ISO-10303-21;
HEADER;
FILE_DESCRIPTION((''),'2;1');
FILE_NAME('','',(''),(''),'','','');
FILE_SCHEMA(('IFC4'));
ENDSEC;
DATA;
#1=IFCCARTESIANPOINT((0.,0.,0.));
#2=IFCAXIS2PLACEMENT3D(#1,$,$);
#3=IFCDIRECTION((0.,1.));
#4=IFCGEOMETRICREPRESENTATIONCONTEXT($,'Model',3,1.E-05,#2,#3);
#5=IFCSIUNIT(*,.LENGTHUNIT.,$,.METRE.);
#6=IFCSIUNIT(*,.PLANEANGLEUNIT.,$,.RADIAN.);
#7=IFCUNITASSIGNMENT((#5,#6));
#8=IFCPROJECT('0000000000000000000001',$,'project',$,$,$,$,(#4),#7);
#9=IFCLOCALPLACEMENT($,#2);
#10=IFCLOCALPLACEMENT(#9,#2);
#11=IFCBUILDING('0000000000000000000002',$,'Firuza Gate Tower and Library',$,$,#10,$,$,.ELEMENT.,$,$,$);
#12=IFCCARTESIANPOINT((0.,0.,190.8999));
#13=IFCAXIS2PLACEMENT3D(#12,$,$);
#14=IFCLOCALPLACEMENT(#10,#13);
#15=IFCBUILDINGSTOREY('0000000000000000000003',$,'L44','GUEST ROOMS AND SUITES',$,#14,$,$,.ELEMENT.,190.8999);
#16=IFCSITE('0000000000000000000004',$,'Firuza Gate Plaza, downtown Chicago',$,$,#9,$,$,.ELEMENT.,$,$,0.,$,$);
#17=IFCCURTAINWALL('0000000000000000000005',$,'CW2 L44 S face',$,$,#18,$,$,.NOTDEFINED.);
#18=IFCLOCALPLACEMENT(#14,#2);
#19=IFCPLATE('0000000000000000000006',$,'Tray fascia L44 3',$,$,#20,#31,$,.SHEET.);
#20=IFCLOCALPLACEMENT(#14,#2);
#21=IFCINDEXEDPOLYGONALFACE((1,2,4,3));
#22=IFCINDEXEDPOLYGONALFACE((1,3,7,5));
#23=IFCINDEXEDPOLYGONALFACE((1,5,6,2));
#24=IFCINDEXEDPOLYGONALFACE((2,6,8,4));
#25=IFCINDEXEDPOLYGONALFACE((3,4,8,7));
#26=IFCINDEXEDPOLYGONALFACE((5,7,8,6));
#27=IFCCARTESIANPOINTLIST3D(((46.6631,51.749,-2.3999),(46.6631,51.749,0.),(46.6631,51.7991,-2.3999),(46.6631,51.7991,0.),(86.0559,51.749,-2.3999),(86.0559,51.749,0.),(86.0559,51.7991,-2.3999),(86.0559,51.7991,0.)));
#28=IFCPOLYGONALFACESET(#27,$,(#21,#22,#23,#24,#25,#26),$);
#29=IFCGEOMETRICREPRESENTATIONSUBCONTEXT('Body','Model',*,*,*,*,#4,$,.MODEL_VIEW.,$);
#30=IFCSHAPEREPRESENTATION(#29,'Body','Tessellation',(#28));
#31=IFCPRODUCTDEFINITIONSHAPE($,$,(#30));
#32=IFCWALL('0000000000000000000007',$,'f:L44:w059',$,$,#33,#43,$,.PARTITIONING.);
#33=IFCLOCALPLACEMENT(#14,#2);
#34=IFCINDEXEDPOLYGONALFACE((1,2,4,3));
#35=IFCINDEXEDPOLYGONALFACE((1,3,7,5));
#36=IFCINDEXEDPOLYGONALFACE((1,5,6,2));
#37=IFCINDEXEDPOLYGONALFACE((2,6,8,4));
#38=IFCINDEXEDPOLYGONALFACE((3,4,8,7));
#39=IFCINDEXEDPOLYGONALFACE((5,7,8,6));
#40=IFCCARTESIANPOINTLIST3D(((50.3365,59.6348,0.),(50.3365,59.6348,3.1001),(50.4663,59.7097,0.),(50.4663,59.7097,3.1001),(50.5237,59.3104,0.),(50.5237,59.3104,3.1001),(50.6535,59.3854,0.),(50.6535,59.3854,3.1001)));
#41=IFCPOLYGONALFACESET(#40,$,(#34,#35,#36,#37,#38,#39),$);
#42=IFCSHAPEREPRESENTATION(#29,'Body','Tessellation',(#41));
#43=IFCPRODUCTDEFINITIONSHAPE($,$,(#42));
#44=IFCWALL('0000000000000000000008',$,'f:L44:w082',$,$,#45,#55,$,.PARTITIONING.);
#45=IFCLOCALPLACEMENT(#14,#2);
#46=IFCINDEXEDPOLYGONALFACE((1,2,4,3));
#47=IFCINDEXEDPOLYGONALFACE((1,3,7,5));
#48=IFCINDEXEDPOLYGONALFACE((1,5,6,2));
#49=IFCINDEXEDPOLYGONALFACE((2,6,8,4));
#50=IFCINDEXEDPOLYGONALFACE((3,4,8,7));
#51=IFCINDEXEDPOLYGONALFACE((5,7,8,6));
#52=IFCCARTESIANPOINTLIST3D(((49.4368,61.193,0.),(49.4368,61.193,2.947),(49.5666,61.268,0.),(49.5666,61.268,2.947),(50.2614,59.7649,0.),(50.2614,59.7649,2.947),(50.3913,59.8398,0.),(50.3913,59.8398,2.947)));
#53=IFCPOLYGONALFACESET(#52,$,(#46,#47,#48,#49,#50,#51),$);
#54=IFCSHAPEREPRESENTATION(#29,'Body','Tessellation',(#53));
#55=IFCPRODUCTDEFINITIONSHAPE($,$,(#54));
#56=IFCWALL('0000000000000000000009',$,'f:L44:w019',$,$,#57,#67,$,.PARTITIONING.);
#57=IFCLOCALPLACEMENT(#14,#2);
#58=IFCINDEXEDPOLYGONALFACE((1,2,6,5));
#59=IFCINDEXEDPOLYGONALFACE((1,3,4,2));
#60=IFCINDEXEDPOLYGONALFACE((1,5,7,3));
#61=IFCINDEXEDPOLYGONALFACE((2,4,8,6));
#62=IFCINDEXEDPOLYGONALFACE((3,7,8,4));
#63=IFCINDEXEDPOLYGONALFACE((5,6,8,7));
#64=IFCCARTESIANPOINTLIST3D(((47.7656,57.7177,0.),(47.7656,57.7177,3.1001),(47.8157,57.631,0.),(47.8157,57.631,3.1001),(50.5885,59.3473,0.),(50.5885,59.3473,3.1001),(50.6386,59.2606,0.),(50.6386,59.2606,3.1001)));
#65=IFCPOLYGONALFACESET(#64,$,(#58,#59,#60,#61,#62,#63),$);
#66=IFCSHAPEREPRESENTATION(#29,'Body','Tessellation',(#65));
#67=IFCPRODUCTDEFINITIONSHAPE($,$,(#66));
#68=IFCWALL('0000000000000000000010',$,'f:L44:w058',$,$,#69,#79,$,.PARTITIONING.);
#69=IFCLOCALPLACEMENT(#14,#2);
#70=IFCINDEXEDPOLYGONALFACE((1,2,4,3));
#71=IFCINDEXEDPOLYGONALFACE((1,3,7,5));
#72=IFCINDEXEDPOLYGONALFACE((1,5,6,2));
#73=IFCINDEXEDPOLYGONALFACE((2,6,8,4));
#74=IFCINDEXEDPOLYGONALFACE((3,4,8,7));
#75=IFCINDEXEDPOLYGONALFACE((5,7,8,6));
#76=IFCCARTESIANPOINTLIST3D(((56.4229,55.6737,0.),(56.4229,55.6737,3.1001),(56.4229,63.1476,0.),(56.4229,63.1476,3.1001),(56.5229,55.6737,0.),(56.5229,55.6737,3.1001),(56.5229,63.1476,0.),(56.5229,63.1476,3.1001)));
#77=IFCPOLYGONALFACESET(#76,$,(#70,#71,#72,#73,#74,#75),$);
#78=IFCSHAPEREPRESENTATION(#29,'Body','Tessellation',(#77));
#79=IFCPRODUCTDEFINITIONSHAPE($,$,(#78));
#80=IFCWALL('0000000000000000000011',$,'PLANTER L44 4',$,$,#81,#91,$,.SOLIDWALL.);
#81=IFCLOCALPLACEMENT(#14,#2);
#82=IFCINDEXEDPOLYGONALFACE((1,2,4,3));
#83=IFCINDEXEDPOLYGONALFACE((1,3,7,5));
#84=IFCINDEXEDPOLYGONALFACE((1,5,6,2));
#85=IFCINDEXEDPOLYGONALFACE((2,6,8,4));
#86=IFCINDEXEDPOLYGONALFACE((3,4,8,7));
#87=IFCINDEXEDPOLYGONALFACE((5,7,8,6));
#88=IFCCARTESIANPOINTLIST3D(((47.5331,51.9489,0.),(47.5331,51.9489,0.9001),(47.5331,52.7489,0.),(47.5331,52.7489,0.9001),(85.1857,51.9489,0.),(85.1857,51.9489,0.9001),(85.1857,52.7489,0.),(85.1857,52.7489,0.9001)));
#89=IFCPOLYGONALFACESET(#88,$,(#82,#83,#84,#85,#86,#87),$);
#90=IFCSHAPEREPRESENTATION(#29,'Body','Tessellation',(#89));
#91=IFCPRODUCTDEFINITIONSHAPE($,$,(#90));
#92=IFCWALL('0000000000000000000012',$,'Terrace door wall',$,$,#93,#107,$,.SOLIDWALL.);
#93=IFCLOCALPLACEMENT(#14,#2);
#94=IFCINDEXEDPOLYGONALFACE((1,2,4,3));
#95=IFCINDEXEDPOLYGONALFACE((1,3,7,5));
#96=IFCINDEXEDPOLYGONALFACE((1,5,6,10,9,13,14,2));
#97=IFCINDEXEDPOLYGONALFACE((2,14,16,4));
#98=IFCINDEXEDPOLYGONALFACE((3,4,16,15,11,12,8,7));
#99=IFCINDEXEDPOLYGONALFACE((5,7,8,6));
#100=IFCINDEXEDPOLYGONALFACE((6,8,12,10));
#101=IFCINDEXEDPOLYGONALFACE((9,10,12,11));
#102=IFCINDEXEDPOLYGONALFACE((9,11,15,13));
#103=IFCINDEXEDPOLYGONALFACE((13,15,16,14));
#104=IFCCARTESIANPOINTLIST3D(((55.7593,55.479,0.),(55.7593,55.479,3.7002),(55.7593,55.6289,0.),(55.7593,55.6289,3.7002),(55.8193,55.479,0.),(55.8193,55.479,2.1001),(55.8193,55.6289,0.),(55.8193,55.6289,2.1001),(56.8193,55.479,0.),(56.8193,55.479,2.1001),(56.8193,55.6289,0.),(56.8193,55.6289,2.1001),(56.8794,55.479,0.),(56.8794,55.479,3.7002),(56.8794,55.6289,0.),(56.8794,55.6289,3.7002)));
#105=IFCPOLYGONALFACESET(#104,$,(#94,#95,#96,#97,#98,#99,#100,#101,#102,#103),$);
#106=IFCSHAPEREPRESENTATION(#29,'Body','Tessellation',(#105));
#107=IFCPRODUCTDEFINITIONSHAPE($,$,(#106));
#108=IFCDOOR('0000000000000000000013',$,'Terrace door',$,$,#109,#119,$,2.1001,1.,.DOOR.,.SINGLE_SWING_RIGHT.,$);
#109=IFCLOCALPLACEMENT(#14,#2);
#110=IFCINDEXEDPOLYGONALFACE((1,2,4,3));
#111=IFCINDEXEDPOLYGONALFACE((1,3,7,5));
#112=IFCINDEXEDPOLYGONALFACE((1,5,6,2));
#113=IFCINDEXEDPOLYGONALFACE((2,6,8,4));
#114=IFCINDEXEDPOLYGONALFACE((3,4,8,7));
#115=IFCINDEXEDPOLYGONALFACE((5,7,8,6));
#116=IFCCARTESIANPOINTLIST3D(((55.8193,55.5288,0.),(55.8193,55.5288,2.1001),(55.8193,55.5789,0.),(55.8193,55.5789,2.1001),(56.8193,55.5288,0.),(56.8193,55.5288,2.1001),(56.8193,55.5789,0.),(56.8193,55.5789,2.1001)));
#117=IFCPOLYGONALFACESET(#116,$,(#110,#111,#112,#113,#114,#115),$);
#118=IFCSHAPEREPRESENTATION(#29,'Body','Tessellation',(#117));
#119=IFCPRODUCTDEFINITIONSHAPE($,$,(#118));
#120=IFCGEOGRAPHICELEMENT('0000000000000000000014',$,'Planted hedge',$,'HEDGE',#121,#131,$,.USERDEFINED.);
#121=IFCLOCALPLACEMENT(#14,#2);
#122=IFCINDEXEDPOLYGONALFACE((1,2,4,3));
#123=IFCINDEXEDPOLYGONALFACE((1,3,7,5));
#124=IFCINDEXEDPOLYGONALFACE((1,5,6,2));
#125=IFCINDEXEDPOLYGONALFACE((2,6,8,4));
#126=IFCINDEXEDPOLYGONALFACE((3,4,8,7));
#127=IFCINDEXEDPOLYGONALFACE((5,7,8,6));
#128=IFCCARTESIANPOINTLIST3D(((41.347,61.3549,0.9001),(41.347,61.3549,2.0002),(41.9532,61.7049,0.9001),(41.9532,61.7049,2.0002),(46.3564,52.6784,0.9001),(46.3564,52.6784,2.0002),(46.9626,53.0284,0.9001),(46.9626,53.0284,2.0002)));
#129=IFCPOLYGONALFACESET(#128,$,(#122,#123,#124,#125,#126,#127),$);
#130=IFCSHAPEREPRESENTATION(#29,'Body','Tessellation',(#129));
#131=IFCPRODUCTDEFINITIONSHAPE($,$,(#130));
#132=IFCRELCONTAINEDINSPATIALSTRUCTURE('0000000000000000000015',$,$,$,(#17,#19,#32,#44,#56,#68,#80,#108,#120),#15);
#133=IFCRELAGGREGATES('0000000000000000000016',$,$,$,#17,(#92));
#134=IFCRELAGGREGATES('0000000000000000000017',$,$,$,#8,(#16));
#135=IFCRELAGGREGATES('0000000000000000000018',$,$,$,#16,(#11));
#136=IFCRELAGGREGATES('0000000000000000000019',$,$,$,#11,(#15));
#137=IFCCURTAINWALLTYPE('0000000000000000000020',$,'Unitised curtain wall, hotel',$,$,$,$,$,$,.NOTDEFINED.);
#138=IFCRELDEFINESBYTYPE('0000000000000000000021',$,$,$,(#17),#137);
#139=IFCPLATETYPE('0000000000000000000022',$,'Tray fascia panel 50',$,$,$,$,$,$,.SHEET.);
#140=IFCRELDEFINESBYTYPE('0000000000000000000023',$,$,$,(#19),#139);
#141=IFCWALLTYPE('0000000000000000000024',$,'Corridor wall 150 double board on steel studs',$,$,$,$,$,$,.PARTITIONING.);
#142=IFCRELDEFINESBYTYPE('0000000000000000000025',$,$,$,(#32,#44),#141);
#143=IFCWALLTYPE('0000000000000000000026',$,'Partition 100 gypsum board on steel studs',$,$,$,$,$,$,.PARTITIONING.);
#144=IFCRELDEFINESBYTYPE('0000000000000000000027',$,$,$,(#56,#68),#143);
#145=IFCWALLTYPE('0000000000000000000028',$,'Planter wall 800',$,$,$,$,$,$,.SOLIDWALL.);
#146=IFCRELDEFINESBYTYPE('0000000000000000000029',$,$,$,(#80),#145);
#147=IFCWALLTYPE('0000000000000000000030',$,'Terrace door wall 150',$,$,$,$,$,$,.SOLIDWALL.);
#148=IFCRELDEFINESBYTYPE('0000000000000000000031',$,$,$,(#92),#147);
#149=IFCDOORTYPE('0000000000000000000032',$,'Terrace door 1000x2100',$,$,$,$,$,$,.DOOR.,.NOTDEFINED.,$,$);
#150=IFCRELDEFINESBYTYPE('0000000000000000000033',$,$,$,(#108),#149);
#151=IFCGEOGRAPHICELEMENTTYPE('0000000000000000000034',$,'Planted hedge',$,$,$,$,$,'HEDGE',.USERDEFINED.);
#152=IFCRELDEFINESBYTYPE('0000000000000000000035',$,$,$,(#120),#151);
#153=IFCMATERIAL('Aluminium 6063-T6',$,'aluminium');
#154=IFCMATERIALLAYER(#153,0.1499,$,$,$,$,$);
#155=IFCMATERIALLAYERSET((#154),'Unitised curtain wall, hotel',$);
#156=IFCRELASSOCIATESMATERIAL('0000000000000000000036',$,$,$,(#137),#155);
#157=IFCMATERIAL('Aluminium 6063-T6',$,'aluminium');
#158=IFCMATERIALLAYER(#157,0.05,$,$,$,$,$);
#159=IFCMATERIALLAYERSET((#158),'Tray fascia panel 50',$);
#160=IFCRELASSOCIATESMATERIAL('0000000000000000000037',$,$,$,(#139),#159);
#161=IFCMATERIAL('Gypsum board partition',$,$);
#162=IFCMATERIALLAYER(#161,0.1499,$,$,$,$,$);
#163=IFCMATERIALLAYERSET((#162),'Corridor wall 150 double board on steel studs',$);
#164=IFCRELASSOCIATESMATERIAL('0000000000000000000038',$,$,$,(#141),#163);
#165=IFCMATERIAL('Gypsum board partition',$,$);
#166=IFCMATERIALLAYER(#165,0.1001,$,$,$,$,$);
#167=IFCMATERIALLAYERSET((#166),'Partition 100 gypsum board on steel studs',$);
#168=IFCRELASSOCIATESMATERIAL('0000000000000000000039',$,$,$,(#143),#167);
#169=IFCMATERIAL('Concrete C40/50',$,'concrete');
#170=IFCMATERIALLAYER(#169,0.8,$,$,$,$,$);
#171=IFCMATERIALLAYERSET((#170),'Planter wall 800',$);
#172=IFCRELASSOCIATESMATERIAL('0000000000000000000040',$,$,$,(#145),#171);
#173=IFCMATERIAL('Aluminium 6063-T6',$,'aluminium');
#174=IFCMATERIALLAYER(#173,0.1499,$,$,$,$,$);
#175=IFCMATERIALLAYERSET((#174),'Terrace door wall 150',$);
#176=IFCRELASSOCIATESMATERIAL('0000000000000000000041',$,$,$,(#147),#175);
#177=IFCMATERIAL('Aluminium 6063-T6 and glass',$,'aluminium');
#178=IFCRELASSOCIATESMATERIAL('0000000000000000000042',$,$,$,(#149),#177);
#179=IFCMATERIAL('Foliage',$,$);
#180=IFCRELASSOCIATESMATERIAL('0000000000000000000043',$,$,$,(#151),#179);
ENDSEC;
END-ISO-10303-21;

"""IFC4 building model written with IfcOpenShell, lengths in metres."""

from ifc_helpers import new_model, si_unit, direction, frame, frame_2d, origin, origin_2d, place, context, subcontext, project, spatial, polyline, rectangle, outline, extrude, material, layer, layer_set, type_object, element, fill, aggregate, save


model = new_model("IFC4")

# Units and contexts
model_context = context("Model", 3, precision=1e-05, world=origin(), true_north=direction((0.0, 1.0)))
body_context = subcontext(model_context, "Body", "Model", "MODEL_VIEW")
ifc_project = project(units=[si_unit("LENGTHUNIT", "METRE"), si_unit("PLANEANGLEUNIT", "RADIAN")], contexts=[model_context])

# Site, building, storey
site_placement = place(None, origin())
site = spatial("IfcSite", under=ifc_project, at=site_placement, Name="Firuza Gate Plaza, downtown Chicago", CompositionType="ELEMENT", RefElevation=0.0)
building_placement = place(site_placement, origin())
building = spatial("IfcBuilding", under=site, at=building_placement, Name="Firuza Gate Tower and Library", CompositionType="ELEMENT")
storey_placement = place(building_placement, frame((0.0, 0.0, 190.8999)))
storey = spatial("IfcBuildingStorey", under=building, at=storey_placement, Name="L44", Description="GUEST ROOMS AND SUITES", CompositionType="ELEMENT", Elevation=190.8999)

# Curtain wall
placement_1 = place(storey_placement, origin())
ifc_material_1 = material(Name="Aluminium 6063-T6", Category="aluminium")
ifc_layer_1 = layer(ifc_material_1, 0.1499)
ifc_layer_set_1 = layer_set([ifc_layer_1], Name="Unitised curtain wall, hotel")
curtain_wall_type_1 = type_object("IfcCurtainWallType", Name="Unitised curtain wall, hotel", PredefinedType="NOTDEFINED", material=ifc_layer_set_1)
curtain_wall_1 = element("IfcCurtainWall", 1, at=placement_1, inside=storey, type_object=curtain_wall_type_1, Name="CW2 L44 S face", PredefinedType="NOTDEFINED")

# Plate
ifc_material_2 = material(Name="Aluminium 6063-T6", Category="aluminium")
ifc_layer_2 = layer(ifc_material_2, 0.05)
ifc_layer_set_2 = layer_set([ifc_layer_2], Name="Tray fascia panel 50")
plate_type_1 = type_object("IfcPlateType", Name="Tray fascia panel 50", PredefinedType="SHEET", material=ifc_layer_set_2)
plate_1_placement = place(storey_placement, frame((46.6631, 51.749, -2.3999), z_axis=(0.0, -1.0, 0.0), x_axis=(1.0, 0.0, 0.0)))
element("IfcPlate", 2, at=plate_1_placement, inside=storey, type_object=plate_type_1, Name="Tray fascia L44 3", PredefinedType="SHEET", context=body_context, shape_type="SweptSolid", body=[
    extrude(outline(polyline([(0.0, 0.0), (39.3928, 0.0), (39.3928, 2.3999), (0.0, 2.3999), (0.0, 0.0)])), origin(), (0.0, 0.0, -1.0), 0.05),
])

# Walls
ifc_material_3 = material(Name="Gypsum board partition")
ifc_layer_3 = layer(ifc_material_3, 0.1499)
ifc_layer_set_3 = layer_set([ifc_layer_3], Name="Corridor wall 150 double board on steel studs")
wall_type_1 = type_object("IfcWallType", Name="Corridor wall 150 double board on steel studs", PredefinedType="PARTITIONING", material=ifc_layer_set_3)
wall_1_placement = place(storey_placement, frame((50.5886, 59.3479, 0.0), z_axis=(0.0, 0.0, 1.0), x_axis=(-0.499854, 0.86611, 0.0)))
element("IfcWall", 3, at=wall_1_placement, inside=storey, type_object=wall_type_1, Name="f:L44:w059", PredefinedType="PARTITIONING", context=body_context, shape_type="SweptSolid", body=[
    extrude(rectangle(XDim=0.3745, YDim=0.1499, at=frame_2d((0.1873, 0.0))), origin(), (0.0, 0.0, 1.0), 3.1001),
])
wall_2_placement = place(storey_placement, frame((50.3264, 59.8022, 0.0), z_axis=(0.0, 0.0, 1.0), x_axis=(-0.500056, 0.865993, 0.0)))
element("IfcWall", 4, at=wall_2_placement, inside=storey, type_object=wall_type_1, Name="f:L44:w082", PredefinedType="PARTITIONING", context=body_context, shape_type="SweptSolid", body=[
    extrude(rectangle(XDim=1.6492, YDim=0.1499, at=frame_2d((0.8247, 0.0))), origin(), (0.0, 0.0, 1.0), 2.947),
])
ifc_material_4 = material(Name="Gypsum board partition")
ifc_layer_4 = layer(ifc_material_4, 0.1001)
ifc_layer_set_4 = layer_set([ifc_layer_4], Name="Partition 100 gypsum board on steel studs")
wall_type_2 = type_object("IfcWallType", Name="Partition 100 gypsum board on steel studs", PredefinedType="PARTITIONING", material=ifc_layer_set_4)
wall_3_placement = place(storey_placement, frame((47.7905, 57.6743, 0.0), z_axis=(0.0, 0.0, 1.0), x_axis=(0.866055, 0.499949, 0.0)))
element("IfcWall", 5, at=wall_3_placement, inside=storey, type_object=wall_type_2, Name="f:L44:w019", PredefinedType="PARTITIONING", context=body_context, shape_type="SweptSolid", body=[
    extrude(rectangle(XDim=3.2595, YDim=0.1001, at=frame_2d((1.6299, 0.0))), origin(), (0.0, 0.0, 1.0), 3.1001),
])
wall_4_placement = place(storey_placement, frame((56.4729, 55.6738, 0.0), z_axis=(0.0, 0.0, 1.0), x_axis=(0.0, 1.0, 0.0)))
element("IfcWall", 6, at=wall_4_placement, inside=storey, type_object=wall_type_2, Name="f:L44:w058", PredefinedType="PARTITIONING", context=body_context, shape_type="SweptSolid", body=[
    extrude(rectangle(XDim=7.4739, YDim=0.1001, at=frame_2d((3.7368, 0.0))), origin(), (0.0, 0.0, 1.0), 3.1001),
])
ifc_material_5 = material(Name="Concrete C40/50", Category="concrete")
ifc_layer_5 = layer(ifc_material_5, 0.8)
ifc_layer_set_5 = layer_set([ifc_layer_5], Name="Planter wall 800")
wall_type_3 = type_object("IfcWallType", Name="Planter wall 800", PredefinedType="SOLIDWALL", material=ifc_layer_set_5)
wall_5_placement = place(storey_placement, frame((47.5332, 52.3489, 0.0), z_axis=(0.0, 0.0, 1.0), x_axis=(1.0, 0.0, 0.0)))
element("IfcWall", 7, at=wall_5_placement, inside=storey, type_object=wall_type_3, Name="PLANTER L44 4", PredefinedType="SOLIDWALL", context=body_context, shape_type="SweptSolid", body=[
    extrude(rectangle(XDim=37.6526, YDim=0.8, at=frame_2d((18.8262, 0.0))), origin(), (0.0, 0.0, 1.0), 0.9001),
])

# Wall, opening, door
ifc_material_6 = material(Name="Aluminium 6063-T6", Category="aluminium")
ifc_layer_6 = layer(ifc_material_6, 0.1499)
ifc_layer_set_6 = layer_set([ifc_layer_6], Name="Terrace door wall 150")
wall_type_4 = type_object("IfcWallType", Name="Terrace door wall 150", PredefinedType="SOLIDWALL", material=ifc_layer_set_6)
wall_6_placement = place(storey_placement, frame((55.7593, 55.554, 0.0), z_axis=(0.0, 0.0, 1.0), x_axis=(1.0, 0.0, 0.0)))
wall_6 = element("IfcWall", 8, at=wall_6_placement, type_object=wall_type_4, Name="Terrace door wall", PredefinedType="SOLIDWALL", context=body_context, shape_type="SweptSolid", body=[
    extrude(rectangle(XDim=1.1201, YDim=0.1499, at=frame_2d((0.5601, 0.0))), origin(), (0.0, 0.0, 1.0), 3.7002),
])
opening_placement = place(wall_6_placement, frame((0.0601, 0.0, 0.0)))
opening = element("IfcOpeningElement", 9, at=opening_placement, cuts=wall_6, PredefinedType="OPENING", context=body_context, shape_type="SweptSolid", body=[
    extrude(rectangle(XDim=1.0, YDim=2.1001, at=frame_2d((0.5, 1.05))), frame((0.0, 0.085, 0.0), z_axis=(0.0, -1.0, 0.0), x_axis=(1.0, 0.0, 0.0)), (0.0, 0.0, 1.0), 0.1699),
])
ifc_material_7 = material(Name="Aluminium 6063-T6 and glass", Category="aluminium")
door_type = type_object("IfcDoorType", Name="Terrace door 1000x2100", OperationType="NOTDEFINED", PredefinedType="DOOR", material=ifc_material_7)
door_placement = place(opening_placement, origin())
door = element("IfcDoor", 10, at=door_placement, inside=storey, type_object=door_type, Name="Terrace door", OperationType="SINGLE_SWING_RIGHT", OverallHeight=2.1001, OverallWidth=1.0, PredefinedType="DOOR", context=body_context, shape_type="SweptSolid", body=[
    extrude(rectangle(XDim=1.0, YDim=2.1001, at=frame_2d((0.5, 1.05))), frame((0.0, 0.0249, 0.0), z_axis=(0.0, -1.0, 0.0), x_axis=(1.0, 0.0, 0.0)), (0.0, 0.0, 1.0), 0.05),
])
fill(opening, door)
aggregate(curtain_wall_1, [wall_6])

# Geographic element
ifc_material_8 = material(Name="Foliage")
geographic_element_type = type_object("IfcGeographicElementType", Name="Planted hedge", ElementType="HEDGE", PredefinedType="USERDEFINED", material=ifc_material_8)
geographic_element_placement = place(storey_placement, frame((44.1548, 57.1917, 0.9001), z_axis=(0.0, 0.0, 1.0), x_axis=(0.5, -0.866025, 0.0)))
element("IfcGeographicElement", 11, at=geographic_element_placement, inside=storey, type_object=geographic_element_type, Name="Planted hedge", ObjectType="HEDGE", PredefinedType="USERDEFINED", context=body_context, shape_type="SweptSolid", body=[
    extrude(rectangle(XDim=10.0188, YDim=0.7, at=origin_2d()), origin(), (0.0, 0.0, 1.0), 1.1001),
])

save(model, "model.ifc")
